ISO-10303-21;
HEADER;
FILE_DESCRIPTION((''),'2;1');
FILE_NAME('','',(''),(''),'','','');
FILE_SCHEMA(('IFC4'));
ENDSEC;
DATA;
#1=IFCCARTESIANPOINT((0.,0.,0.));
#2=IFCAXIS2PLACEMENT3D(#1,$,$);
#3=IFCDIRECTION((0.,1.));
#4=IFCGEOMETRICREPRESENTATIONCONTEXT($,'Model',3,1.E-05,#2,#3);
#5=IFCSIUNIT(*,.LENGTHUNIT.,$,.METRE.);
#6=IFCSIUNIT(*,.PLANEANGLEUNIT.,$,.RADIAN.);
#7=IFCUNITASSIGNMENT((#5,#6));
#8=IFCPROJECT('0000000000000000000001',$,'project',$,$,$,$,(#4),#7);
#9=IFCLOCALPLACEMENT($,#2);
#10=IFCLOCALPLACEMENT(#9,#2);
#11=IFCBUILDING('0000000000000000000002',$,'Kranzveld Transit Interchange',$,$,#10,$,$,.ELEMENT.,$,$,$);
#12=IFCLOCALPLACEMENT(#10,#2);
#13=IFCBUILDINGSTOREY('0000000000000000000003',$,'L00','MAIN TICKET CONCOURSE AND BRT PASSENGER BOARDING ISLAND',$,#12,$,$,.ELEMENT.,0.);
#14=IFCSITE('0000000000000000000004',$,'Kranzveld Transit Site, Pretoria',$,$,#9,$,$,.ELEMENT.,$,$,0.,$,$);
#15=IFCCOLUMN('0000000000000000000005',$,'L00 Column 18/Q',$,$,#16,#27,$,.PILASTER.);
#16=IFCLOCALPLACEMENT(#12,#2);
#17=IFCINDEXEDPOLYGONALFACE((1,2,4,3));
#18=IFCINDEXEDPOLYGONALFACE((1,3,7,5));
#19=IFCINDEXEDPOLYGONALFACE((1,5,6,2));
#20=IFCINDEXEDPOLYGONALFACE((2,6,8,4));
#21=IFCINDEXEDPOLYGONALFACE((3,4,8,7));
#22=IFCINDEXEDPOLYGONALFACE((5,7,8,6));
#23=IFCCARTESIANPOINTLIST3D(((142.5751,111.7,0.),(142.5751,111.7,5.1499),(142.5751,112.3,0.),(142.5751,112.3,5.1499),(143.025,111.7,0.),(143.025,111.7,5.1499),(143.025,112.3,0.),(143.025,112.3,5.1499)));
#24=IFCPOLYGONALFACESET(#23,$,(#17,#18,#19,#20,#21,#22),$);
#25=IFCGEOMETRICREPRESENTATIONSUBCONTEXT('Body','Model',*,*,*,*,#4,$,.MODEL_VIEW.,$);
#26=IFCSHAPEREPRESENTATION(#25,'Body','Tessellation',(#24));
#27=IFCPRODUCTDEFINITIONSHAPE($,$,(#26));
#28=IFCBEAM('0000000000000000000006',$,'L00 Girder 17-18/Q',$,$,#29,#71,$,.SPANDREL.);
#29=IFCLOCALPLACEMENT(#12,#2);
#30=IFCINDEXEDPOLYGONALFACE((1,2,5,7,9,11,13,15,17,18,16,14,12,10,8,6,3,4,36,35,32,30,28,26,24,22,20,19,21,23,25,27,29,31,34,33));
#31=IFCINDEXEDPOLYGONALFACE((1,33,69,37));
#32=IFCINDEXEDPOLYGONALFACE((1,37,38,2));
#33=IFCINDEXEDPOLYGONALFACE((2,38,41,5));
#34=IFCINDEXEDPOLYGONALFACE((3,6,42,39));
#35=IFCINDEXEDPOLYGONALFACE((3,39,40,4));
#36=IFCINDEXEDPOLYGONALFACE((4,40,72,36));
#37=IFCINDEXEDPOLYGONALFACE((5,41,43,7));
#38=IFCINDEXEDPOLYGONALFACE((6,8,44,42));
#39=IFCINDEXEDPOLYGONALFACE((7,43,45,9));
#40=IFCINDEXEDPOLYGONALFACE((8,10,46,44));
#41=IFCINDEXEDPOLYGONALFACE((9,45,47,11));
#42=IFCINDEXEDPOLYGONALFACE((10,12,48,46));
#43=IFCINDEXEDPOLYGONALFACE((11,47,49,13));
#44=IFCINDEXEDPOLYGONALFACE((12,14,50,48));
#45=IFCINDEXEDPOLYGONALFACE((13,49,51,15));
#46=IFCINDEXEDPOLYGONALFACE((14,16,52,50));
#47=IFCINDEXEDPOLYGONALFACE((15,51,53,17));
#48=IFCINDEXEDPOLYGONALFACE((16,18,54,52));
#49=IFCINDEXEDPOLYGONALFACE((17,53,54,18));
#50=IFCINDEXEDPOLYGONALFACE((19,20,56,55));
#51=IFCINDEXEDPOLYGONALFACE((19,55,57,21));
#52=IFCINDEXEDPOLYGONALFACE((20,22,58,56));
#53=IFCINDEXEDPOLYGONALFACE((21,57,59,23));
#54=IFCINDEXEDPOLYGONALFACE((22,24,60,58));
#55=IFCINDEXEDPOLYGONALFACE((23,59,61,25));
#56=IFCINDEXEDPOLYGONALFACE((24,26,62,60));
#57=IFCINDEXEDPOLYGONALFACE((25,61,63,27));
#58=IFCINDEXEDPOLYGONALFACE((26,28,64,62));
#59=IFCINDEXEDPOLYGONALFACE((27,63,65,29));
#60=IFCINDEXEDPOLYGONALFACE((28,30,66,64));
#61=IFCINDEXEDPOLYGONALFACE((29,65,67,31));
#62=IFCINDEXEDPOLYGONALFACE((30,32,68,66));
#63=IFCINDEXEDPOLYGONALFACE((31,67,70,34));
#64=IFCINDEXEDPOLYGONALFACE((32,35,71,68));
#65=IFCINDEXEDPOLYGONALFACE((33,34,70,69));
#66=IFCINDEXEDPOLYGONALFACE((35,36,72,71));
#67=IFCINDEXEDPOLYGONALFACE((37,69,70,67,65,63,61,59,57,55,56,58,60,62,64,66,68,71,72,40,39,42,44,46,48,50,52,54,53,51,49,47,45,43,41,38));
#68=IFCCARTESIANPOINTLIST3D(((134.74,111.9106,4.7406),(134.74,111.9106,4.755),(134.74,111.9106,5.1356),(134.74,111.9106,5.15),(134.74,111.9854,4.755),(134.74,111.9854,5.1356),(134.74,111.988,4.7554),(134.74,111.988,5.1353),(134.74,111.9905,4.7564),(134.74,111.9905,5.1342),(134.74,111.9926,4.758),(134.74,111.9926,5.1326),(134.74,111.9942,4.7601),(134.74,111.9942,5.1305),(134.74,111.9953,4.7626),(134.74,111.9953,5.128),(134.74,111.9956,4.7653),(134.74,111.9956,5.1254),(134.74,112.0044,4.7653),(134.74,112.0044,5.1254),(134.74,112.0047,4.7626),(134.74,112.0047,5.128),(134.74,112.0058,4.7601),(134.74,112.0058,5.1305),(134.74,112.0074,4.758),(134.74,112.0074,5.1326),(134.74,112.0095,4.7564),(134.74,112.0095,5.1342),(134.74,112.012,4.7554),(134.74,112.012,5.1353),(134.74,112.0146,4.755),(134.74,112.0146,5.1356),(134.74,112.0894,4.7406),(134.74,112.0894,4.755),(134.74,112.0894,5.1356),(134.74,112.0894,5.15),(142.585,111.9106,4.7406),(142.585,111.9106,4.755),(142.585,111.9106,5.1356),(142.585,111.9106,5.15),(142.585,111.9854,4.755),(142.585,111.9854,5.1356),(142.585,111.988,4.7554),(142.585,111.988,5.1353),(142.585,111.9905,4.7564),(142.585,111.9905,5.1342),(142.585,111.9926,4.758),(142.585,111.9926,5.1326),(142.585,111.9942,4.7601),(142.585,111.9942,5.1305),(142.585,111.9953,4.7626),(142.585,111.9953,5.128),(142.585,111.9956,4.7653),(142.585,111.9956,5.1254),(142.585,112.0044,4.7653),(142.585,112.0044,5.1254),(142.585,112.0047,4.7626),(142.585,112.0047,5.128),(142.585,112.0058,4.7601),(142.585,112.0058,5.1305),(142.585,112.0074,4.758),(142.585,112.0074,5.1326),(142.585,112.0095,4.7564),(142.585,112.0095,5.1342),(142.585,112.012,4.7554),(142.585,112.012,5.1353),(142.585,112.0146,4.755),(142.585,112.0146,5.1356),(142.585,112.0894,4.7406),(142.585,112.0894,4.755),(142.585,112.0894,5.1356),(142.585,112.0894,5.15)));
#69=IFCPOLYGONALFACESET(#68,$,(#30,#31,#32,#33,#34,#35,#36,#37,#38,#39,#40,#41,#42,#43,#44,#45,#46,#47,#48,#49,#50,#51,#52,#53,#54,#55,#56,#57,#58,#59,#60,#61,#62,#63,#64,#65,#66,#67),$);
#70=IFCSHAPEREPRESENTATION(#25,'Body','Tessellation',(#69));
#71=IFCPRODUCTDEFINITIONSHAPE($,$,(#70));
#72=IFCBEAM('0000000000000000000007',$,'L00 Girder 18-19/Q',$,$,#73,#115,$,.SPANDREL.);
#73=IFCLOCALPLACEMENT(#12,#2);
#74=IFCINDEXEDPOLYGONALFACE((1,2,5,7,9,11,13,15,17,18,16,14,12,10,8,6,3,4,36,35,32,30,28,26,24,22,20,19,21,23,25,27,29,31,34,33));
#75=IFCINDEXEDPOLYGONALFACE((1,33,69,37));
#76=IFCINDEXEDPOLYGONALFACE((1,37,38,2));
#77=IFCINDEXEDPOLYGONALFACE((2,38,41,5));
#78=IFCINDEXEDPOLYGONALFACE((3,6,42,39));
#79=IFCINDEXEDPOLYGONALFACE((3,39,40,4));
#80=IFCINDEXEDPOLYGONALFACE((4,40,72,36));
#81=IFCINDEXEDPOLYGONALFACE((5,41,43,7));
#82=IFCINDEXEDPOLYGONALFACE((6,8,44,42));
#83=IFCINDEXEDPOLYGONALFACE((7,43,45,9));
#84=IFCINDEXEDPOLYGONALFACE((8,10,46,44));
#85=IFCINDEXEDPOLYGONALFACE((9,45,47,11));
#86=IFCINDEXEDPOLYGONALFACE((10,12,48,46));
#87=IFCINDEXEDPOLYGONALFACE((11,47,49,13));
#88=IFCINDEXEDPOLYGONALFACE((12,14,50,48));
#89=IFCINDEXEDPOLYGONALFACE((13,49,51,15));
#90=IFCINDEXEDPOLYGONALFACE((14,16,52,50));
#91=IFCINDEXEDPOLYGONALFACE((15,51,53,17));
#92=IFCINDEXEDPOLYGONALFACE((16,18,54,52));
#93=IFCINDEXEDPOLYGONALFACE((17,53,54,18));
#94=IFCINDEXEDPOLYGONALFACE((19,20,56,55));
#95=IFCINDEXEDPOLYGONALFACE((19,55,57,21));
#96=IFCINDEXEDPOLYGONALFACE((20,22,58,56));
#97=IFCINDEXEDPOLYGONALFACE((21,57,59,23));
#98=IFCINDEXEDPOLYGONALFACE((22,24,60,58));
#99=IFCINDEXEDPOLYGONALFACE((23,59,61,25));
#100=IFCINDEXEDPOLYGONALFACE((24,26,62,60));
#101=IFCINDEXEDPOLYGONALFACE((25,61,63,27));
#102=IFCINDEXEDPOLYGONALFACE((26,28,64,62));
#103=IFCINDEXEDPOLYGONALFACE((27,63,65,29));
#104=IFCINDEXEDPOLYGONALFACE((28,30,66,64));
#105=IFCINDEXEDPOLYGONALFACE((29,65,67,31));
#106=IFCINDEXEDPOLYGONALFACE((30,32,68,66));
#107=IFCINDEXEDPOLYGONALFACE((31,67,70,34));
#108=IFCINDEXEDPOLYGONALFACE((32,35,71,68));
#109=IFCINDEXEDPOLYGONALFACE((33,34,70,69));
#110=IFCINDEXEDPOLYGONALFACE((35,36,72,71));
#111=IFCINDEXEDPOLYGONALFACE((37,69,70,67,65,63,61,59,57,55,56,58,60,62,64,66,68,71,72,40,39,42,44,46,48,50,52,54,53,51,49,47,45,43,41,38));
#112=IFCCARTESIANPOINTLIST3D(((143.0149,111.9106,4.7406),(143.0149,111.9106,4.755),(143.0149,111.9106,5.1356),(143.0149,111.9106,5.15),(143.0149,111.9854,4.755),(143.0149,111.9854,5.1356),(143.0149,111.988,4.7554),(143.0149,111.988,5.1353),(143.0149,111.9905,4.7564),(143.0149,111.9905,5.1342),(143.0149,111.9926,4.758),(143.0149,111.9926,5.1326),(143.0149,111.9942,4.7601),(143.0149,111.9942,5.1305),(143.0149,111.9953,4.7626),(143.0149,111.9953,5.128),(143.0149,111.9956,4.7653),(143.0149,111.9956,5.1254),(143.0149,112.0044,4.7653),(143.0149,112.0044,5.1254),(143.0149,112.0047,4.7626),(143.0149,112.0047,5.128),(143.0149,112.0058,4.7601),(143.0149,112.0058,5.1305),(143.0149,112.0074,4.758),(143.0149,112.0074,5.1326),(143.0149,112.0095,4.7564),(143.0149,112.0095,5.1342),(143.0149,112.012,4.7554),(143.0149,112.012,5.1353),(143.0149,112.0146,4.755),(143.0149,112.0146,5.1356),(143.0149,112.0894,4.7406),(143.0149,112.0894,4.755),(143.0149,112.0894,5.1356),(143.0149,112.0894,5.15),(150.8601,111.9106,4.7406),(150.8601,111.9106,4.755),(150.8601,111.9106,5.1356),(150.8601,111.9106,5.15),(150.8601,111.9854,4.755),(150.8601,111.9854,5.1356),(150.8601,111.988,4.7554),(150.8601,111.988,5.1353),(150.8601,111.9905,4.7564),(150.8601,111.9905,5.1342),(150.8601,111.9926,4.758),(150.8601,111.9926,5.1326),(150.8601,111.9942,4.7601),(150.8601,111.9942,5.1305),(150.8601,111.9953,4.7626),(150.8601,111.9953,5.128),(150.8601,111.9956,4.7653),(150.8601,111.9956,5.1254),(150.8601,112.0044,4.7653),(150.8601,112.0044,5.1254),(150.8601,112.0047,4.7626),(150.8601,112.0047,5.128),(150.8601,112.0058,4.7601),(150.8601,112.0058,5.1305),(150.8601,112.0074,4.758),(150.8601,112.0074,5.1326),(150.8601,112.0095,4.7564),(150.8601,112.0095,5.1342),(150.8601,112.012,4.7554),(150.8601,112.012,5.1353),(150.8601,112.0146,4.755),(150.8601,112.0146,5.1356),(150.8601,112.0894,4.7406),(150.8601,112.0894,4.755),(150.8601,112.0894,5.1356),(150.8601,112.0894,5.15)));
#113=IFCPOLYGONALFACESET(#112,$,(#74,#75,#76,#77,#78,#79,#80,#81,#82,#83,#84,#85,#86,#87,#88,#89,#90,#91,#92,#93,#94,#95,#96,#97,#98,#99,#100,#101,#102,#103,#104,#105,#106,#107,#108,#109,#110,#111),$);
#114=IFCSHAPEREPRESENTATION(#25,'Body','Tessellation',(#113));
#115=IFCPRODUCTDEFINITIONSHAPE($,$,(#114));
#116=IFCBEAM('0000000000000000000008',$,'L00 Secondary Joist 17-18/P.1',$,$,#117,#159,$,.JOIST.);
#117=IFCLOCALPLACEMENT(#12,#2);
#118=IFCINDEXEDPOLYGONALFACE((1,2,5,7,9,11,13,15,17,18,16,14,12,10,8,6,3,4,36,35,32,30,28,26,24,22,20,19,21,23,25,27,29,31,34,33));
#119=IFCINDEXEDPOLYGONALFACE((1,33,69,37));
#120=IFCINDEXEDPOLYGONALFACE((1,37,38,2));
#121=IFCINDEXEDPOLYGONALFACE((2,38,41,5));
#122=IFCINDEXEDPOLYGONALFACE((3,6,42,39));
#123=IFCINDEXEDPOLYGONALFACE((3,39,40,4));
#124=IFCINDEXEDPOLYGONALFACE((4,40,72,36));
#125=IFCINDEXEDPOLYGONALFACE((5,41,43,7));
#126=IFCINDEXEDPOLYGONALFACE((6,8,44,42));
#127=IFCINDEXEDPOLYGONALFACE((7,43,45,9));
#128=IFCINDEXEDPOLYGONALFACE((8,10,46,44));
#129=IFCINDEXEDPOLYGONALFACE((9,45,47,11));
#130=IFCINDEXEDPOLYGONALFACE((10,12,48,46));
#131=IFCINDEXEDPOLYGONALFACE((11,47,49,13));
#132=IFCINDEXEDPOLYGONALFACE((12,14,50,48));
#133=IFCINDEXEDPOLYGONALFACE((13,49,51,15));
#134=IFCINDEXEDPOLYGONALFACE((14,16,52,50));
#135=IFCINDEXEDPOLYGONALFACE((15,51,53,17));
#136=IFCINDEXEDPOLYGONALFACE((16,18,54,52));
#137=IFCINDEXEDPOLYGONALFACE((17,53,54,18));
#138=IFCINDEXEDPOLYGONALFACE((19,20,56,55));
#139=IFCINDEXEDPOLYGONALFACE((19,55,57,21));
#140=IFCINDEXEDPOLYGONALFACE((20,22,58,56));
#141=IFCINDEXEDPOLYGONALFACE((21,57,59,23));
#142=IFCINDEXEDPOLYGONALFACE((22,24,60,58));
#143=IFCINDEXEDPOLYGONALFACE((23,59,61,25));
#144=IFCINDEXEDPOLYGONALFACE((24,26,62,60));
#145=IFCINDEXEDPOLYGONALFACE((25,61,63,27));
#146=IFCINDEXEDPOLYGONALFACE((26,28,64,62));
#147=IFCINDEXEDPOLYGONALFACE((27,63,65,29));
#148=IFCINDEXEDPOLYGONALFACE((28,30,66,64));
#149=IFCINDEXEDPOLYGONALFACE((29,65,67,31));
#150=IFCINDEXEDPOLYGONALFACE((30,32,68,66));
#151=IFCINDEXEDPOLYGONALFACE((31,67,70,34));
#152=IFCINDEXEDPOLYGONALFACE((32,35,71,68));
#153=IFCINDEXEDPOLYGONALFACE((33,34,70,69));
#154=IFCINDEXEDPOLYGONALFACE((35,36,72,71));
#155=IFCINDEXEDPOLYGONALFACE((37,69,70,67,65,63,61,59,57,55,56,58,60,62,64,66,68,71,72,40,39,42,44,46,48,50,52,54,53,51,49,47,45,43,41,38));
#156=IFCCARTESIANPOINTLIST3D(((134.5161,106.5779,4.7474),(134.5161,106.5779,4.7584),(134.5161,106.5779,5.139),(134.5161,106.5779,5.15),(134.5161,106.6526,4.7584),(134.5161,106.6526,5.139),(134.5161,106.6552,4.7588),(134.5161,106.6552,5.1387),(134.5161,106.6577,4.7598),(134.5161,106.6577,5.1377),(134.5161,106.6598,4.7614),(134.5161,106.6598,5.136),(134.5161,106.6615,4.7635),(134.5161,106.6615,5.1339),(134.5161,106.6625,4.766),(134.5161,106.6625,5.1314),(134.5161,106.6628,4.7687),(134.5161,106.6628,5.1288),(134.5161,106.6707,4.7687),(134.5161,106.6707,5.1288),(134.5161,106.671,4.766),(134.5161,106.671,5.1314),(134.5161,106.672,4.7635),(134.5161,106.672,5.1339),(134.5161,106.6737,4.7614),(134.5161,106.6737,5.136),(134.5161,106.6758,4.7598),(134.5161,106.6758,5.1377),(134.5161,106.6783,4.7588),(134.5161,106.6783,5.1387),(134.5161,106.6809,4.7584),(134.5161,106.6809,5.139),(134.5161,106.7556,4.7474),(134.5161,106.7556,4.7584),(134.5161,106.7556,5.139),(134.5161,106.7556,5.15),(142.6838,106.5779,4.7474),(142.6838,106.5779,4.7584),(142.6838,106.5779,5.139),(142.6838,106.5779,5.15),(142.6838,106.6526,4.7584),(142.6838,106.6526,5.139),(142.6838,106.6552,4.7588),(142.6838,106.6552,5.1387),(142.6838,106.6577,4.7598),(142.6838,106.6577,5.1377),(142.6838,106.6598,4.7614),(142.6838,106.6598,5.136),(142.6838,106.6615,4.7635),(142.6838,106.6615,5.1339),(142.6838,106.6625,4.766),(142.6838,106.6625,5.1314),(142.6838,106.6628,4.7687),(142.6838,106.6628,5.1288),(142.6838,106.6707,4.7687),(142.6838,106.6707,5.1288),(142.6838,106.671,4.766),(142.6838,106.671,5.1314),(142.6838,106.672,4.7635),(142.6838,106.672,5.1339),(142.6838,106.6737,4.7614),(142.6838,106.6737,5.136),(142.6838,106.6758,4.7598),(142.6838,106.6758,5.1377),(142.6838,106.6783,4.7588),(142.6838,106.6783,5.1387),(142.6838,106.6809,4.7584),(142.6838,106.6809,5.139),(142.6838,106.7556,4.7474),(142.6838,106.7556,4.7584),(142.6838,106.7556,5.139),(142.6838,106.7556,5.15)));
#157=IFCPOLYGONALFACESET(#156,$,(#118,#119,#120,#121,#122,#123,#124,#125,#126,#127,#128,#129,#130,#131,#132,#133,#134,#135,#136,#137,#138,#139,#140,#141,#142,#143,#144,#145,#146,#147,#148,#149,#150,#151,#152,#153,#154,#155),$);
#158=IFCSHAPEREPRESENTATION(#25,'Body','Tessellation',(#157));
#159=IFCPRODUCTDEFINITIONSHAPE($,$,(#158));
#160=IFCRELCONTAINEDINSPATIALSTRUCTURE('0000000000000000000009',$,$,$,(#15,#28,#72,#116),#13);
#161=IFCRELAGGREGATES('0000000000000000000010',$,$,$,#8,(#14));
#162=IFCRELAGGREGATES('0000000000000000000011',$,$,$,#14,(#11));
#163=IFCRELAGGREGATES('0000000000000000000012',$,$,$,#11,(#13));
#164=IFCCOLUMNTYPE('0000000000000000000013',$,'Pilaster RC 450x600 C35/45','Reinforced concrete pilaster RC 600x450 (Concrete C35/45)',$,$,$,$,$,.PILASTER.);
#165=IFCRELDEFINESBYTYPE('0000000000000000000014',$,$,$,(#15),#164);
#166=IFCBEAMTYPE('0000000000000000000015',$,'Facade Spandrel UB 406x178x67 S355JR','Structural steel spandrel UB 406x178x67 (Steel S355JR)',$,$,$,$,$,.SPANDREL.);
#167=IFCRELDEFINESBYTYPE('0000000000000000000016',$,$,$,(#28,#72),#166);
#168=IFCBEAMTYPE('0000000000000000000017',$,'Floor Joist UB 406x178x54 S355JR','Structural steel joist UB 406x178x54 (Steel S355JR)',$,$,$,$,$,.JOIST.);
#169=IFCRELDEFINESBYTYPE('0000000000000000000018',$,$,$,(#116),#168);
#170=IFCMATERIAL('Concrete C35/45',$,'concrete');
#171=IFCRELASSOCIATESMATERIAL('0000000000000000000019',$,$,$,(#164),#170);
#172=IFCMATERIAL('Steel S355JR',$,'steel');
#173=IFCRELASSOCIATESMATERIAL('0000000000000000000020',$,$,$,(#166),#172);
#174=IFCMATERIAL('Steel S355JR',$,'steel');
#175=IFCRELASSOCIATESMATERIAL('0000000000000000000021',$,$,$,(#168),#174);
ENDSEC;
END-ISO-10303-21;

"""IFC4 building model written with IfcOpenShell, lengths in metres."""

from ifc_helpers import new_model, si_unit, direction, frame, origin, origin_2d, place, context, subcontext, project, spatial, rectangle, i_section, extrude, material, material_profile, profile_set, type_object, element, save


model = new_model("IFC4")

# Units and contexts
model_context = context("Model", 3, precision=1e-05, world=origin(), true_north=direction((0.0, 1.0)))
body_context = subcontext(model_context, "Body", "Model", "MODEL_VIEW")
ifc_project = project(units=[si_unit("LENGTHUNIT", "METRE"), si_unit("PLANEANGLEUNIT", "RADIAN")], contexts=[model_context])

# Site, building, storey
site_placement = place(None, origin())
site = spatial("IfcSite", under=ifc_project, at=site_placement, Name="Kranzveld Transit Site, Pretoria", CompositionType="ELEMENT", RefElevation=0.0)
building_placement = place(site_placement, origin())
building = spatial("IfcBuilding", under=site, at=building_placement, Name="Kranzveld Transit Interchange", CompositionType="ELEMENT")
storey_placement = place(building_placement, origin())
storey = spatial("IfcBuildingStorey", under=building, at=storey_placement, Name="L00", Description="MAIN TICKET CONCOURSE AND BRT PASSENGER BOARDING ISLAND", CompositionType="ELEMENT", Elevation=0.0)

# Column
ifc_material_1 = material(Name="Concrete C35/45", Category="concrete")
ifc_material_profile_1 = material_profile(ifc_material_1, rectangle(XDim=0.45, YDim=0.6001, at=origin_2d()), Name="RC 600x450")
ifc_profile_set_1 = profile_set([ifc_material_profile_1], Name="Concrete C35/45")
column_type_1 = type_object("IfcColumnType", Name="Pilaster RC 450x600 C35/45", Description="Reinforced concrete pilaster RC 600x450 (Concrete C35/45)", PredefinedType="PILASTER", material=ifc_profile_set_1)
column_placement = place(storey_placement, frame((142.8, 112.0, 0.0), z_axis=(0.0, 0.0, 1.0), x_axis=(1.0, 0.0, 0.0)))
element("IfcColumn", 1, at=column_placement, inside=storey, type_object=column_type_1, Name="L00 Column 18/Q", PredefinedType="PILASTER", context=body_context, shape_type="SweptSolid", body=[
    extrude(rectangle(XDim=0.45, YDim=0.6001, at=origin_2d()), origin(), (0.0, 0.0, 1.0), 5.1499),
])

# Beams
ifc_material_2 = material(Name="Steel S355JR", Category="steel")
ifc_material_profile_2 = material_profile(ifc_material_2, i_section(OverallWidth=0.1787, OverallDepth=0.4094, WebThickness=0.0088, FlangeThickness=0.0144, FilletRadius=0.0103, at=origin_2d()), Name="UB 406x178x67")
ifc_profile_set_2 = profile_set([ifc_material_profile_2], Name="Steel S355JR")
beam_type_1 = type_object("IfcBeamType", Name="Facade Spandrel UB 406x178x67 S355JR", Description="Structural steel spandrel UB 406x178x67 (Steel S355JR)", PredefinedType="SPANDREL", material=ifc_profile_set_2)
beam_1_placement = place(storey_placement, frame((134.74, 112.0, 4.9453), z_axis=(1.0, 0.0, 0.0), x_axis=(0.0, 1.0, 0.0)))
element("IfcBeam", 2, at=beam_1_placement, inside=storey, type_object=beam_type_1, Name="L00 Girder 17-18/Q", PredefinedType="SPANDREL", context=body_context, shape_type="SweptSolid", body=[
    extrude(i_section(OverallWidth=0.1787, OverallDepth=0.4094, WebThickness=0.0088, FlangeThickness=0.0144, FilletRadius=0.0103, at=origin_2d()), origin(), (0.0, 0.0, 1.0), 7.845),
])
beam_2_placement = place(storey_placement, frame((143.0149, 112.0, 4.9453), z_axis=(1.0, 0.0, 0.0), x_axis=(0.0, 1.0, 0.0)))
element("IfcBeam", 3, at=beam_2_placement, inside=storey, type_object=beam_type_1, Name="L00 Girder 18-19/Q", PredefinedType="SPANDREL", context=body_context, shape_type="SweptSolid", body=[
    extrude(i_section(OverallWidth=0.1787, OverallDepth=0.4094, WebThickness=0.0088, FlangeThickness=0.0144, FilletRadius=0.0103, at=origin_2d()), origin(), (0.0, 0.0, 1.0), 7.8452),
])
ifc_material_3 = material(Name="Steel S355JR", Category="steel")
ifc_material_profile_3 = material_profile(ifc_material_3, i_section(OverallWidth=0.1777, OverallDepth=0.4026, WebThickness=0.0078, FlangeThickness=0.011, FilletRadius=0.0103, at=origin_2d()), Name="UB 406x178x54")
ifc_profile_set_3 = profile_set([ifc_material_profile_3], Name="Steel S355JR")
beam_type_2 = type_object("IfcBeamType", Name="Floor Joist UB 406x178x54 S355JR", Description="Structural steel joist UB 406x178x54 (Steel S355JR)", PredefinedType="JOIST", material=ifc_profile_set_3)
for number, where, z_axis, x_axis, name in (
    (4, (134.5161, 106.6667, 4.9487), (1.0, 0.0, 0.0), (0.0, 1.0, 0.0), "L00 Secondary Joist 17-18/P.1"),
):
    element("IfcBeam", number, at=place(storey_placement, frame(where, z_axis=z_axis, x_axis=x_axis)), inside=storey, type_object=beam_type_2, Name=name, PredefinedType="JOIST", context=body_context, shape_type="SweptSolid", body=[
        extrude(i_section(OverallWidth=0.1777, OverallDepth=0.4026, WebThickness=0.0078, FlangeThickness=0.011, FilletRadius=0.0103, at=origin_2d()), origin(), (0.0, 0.0, 1.0), 8.1677),
    ])

save(model, "model.ifc")
